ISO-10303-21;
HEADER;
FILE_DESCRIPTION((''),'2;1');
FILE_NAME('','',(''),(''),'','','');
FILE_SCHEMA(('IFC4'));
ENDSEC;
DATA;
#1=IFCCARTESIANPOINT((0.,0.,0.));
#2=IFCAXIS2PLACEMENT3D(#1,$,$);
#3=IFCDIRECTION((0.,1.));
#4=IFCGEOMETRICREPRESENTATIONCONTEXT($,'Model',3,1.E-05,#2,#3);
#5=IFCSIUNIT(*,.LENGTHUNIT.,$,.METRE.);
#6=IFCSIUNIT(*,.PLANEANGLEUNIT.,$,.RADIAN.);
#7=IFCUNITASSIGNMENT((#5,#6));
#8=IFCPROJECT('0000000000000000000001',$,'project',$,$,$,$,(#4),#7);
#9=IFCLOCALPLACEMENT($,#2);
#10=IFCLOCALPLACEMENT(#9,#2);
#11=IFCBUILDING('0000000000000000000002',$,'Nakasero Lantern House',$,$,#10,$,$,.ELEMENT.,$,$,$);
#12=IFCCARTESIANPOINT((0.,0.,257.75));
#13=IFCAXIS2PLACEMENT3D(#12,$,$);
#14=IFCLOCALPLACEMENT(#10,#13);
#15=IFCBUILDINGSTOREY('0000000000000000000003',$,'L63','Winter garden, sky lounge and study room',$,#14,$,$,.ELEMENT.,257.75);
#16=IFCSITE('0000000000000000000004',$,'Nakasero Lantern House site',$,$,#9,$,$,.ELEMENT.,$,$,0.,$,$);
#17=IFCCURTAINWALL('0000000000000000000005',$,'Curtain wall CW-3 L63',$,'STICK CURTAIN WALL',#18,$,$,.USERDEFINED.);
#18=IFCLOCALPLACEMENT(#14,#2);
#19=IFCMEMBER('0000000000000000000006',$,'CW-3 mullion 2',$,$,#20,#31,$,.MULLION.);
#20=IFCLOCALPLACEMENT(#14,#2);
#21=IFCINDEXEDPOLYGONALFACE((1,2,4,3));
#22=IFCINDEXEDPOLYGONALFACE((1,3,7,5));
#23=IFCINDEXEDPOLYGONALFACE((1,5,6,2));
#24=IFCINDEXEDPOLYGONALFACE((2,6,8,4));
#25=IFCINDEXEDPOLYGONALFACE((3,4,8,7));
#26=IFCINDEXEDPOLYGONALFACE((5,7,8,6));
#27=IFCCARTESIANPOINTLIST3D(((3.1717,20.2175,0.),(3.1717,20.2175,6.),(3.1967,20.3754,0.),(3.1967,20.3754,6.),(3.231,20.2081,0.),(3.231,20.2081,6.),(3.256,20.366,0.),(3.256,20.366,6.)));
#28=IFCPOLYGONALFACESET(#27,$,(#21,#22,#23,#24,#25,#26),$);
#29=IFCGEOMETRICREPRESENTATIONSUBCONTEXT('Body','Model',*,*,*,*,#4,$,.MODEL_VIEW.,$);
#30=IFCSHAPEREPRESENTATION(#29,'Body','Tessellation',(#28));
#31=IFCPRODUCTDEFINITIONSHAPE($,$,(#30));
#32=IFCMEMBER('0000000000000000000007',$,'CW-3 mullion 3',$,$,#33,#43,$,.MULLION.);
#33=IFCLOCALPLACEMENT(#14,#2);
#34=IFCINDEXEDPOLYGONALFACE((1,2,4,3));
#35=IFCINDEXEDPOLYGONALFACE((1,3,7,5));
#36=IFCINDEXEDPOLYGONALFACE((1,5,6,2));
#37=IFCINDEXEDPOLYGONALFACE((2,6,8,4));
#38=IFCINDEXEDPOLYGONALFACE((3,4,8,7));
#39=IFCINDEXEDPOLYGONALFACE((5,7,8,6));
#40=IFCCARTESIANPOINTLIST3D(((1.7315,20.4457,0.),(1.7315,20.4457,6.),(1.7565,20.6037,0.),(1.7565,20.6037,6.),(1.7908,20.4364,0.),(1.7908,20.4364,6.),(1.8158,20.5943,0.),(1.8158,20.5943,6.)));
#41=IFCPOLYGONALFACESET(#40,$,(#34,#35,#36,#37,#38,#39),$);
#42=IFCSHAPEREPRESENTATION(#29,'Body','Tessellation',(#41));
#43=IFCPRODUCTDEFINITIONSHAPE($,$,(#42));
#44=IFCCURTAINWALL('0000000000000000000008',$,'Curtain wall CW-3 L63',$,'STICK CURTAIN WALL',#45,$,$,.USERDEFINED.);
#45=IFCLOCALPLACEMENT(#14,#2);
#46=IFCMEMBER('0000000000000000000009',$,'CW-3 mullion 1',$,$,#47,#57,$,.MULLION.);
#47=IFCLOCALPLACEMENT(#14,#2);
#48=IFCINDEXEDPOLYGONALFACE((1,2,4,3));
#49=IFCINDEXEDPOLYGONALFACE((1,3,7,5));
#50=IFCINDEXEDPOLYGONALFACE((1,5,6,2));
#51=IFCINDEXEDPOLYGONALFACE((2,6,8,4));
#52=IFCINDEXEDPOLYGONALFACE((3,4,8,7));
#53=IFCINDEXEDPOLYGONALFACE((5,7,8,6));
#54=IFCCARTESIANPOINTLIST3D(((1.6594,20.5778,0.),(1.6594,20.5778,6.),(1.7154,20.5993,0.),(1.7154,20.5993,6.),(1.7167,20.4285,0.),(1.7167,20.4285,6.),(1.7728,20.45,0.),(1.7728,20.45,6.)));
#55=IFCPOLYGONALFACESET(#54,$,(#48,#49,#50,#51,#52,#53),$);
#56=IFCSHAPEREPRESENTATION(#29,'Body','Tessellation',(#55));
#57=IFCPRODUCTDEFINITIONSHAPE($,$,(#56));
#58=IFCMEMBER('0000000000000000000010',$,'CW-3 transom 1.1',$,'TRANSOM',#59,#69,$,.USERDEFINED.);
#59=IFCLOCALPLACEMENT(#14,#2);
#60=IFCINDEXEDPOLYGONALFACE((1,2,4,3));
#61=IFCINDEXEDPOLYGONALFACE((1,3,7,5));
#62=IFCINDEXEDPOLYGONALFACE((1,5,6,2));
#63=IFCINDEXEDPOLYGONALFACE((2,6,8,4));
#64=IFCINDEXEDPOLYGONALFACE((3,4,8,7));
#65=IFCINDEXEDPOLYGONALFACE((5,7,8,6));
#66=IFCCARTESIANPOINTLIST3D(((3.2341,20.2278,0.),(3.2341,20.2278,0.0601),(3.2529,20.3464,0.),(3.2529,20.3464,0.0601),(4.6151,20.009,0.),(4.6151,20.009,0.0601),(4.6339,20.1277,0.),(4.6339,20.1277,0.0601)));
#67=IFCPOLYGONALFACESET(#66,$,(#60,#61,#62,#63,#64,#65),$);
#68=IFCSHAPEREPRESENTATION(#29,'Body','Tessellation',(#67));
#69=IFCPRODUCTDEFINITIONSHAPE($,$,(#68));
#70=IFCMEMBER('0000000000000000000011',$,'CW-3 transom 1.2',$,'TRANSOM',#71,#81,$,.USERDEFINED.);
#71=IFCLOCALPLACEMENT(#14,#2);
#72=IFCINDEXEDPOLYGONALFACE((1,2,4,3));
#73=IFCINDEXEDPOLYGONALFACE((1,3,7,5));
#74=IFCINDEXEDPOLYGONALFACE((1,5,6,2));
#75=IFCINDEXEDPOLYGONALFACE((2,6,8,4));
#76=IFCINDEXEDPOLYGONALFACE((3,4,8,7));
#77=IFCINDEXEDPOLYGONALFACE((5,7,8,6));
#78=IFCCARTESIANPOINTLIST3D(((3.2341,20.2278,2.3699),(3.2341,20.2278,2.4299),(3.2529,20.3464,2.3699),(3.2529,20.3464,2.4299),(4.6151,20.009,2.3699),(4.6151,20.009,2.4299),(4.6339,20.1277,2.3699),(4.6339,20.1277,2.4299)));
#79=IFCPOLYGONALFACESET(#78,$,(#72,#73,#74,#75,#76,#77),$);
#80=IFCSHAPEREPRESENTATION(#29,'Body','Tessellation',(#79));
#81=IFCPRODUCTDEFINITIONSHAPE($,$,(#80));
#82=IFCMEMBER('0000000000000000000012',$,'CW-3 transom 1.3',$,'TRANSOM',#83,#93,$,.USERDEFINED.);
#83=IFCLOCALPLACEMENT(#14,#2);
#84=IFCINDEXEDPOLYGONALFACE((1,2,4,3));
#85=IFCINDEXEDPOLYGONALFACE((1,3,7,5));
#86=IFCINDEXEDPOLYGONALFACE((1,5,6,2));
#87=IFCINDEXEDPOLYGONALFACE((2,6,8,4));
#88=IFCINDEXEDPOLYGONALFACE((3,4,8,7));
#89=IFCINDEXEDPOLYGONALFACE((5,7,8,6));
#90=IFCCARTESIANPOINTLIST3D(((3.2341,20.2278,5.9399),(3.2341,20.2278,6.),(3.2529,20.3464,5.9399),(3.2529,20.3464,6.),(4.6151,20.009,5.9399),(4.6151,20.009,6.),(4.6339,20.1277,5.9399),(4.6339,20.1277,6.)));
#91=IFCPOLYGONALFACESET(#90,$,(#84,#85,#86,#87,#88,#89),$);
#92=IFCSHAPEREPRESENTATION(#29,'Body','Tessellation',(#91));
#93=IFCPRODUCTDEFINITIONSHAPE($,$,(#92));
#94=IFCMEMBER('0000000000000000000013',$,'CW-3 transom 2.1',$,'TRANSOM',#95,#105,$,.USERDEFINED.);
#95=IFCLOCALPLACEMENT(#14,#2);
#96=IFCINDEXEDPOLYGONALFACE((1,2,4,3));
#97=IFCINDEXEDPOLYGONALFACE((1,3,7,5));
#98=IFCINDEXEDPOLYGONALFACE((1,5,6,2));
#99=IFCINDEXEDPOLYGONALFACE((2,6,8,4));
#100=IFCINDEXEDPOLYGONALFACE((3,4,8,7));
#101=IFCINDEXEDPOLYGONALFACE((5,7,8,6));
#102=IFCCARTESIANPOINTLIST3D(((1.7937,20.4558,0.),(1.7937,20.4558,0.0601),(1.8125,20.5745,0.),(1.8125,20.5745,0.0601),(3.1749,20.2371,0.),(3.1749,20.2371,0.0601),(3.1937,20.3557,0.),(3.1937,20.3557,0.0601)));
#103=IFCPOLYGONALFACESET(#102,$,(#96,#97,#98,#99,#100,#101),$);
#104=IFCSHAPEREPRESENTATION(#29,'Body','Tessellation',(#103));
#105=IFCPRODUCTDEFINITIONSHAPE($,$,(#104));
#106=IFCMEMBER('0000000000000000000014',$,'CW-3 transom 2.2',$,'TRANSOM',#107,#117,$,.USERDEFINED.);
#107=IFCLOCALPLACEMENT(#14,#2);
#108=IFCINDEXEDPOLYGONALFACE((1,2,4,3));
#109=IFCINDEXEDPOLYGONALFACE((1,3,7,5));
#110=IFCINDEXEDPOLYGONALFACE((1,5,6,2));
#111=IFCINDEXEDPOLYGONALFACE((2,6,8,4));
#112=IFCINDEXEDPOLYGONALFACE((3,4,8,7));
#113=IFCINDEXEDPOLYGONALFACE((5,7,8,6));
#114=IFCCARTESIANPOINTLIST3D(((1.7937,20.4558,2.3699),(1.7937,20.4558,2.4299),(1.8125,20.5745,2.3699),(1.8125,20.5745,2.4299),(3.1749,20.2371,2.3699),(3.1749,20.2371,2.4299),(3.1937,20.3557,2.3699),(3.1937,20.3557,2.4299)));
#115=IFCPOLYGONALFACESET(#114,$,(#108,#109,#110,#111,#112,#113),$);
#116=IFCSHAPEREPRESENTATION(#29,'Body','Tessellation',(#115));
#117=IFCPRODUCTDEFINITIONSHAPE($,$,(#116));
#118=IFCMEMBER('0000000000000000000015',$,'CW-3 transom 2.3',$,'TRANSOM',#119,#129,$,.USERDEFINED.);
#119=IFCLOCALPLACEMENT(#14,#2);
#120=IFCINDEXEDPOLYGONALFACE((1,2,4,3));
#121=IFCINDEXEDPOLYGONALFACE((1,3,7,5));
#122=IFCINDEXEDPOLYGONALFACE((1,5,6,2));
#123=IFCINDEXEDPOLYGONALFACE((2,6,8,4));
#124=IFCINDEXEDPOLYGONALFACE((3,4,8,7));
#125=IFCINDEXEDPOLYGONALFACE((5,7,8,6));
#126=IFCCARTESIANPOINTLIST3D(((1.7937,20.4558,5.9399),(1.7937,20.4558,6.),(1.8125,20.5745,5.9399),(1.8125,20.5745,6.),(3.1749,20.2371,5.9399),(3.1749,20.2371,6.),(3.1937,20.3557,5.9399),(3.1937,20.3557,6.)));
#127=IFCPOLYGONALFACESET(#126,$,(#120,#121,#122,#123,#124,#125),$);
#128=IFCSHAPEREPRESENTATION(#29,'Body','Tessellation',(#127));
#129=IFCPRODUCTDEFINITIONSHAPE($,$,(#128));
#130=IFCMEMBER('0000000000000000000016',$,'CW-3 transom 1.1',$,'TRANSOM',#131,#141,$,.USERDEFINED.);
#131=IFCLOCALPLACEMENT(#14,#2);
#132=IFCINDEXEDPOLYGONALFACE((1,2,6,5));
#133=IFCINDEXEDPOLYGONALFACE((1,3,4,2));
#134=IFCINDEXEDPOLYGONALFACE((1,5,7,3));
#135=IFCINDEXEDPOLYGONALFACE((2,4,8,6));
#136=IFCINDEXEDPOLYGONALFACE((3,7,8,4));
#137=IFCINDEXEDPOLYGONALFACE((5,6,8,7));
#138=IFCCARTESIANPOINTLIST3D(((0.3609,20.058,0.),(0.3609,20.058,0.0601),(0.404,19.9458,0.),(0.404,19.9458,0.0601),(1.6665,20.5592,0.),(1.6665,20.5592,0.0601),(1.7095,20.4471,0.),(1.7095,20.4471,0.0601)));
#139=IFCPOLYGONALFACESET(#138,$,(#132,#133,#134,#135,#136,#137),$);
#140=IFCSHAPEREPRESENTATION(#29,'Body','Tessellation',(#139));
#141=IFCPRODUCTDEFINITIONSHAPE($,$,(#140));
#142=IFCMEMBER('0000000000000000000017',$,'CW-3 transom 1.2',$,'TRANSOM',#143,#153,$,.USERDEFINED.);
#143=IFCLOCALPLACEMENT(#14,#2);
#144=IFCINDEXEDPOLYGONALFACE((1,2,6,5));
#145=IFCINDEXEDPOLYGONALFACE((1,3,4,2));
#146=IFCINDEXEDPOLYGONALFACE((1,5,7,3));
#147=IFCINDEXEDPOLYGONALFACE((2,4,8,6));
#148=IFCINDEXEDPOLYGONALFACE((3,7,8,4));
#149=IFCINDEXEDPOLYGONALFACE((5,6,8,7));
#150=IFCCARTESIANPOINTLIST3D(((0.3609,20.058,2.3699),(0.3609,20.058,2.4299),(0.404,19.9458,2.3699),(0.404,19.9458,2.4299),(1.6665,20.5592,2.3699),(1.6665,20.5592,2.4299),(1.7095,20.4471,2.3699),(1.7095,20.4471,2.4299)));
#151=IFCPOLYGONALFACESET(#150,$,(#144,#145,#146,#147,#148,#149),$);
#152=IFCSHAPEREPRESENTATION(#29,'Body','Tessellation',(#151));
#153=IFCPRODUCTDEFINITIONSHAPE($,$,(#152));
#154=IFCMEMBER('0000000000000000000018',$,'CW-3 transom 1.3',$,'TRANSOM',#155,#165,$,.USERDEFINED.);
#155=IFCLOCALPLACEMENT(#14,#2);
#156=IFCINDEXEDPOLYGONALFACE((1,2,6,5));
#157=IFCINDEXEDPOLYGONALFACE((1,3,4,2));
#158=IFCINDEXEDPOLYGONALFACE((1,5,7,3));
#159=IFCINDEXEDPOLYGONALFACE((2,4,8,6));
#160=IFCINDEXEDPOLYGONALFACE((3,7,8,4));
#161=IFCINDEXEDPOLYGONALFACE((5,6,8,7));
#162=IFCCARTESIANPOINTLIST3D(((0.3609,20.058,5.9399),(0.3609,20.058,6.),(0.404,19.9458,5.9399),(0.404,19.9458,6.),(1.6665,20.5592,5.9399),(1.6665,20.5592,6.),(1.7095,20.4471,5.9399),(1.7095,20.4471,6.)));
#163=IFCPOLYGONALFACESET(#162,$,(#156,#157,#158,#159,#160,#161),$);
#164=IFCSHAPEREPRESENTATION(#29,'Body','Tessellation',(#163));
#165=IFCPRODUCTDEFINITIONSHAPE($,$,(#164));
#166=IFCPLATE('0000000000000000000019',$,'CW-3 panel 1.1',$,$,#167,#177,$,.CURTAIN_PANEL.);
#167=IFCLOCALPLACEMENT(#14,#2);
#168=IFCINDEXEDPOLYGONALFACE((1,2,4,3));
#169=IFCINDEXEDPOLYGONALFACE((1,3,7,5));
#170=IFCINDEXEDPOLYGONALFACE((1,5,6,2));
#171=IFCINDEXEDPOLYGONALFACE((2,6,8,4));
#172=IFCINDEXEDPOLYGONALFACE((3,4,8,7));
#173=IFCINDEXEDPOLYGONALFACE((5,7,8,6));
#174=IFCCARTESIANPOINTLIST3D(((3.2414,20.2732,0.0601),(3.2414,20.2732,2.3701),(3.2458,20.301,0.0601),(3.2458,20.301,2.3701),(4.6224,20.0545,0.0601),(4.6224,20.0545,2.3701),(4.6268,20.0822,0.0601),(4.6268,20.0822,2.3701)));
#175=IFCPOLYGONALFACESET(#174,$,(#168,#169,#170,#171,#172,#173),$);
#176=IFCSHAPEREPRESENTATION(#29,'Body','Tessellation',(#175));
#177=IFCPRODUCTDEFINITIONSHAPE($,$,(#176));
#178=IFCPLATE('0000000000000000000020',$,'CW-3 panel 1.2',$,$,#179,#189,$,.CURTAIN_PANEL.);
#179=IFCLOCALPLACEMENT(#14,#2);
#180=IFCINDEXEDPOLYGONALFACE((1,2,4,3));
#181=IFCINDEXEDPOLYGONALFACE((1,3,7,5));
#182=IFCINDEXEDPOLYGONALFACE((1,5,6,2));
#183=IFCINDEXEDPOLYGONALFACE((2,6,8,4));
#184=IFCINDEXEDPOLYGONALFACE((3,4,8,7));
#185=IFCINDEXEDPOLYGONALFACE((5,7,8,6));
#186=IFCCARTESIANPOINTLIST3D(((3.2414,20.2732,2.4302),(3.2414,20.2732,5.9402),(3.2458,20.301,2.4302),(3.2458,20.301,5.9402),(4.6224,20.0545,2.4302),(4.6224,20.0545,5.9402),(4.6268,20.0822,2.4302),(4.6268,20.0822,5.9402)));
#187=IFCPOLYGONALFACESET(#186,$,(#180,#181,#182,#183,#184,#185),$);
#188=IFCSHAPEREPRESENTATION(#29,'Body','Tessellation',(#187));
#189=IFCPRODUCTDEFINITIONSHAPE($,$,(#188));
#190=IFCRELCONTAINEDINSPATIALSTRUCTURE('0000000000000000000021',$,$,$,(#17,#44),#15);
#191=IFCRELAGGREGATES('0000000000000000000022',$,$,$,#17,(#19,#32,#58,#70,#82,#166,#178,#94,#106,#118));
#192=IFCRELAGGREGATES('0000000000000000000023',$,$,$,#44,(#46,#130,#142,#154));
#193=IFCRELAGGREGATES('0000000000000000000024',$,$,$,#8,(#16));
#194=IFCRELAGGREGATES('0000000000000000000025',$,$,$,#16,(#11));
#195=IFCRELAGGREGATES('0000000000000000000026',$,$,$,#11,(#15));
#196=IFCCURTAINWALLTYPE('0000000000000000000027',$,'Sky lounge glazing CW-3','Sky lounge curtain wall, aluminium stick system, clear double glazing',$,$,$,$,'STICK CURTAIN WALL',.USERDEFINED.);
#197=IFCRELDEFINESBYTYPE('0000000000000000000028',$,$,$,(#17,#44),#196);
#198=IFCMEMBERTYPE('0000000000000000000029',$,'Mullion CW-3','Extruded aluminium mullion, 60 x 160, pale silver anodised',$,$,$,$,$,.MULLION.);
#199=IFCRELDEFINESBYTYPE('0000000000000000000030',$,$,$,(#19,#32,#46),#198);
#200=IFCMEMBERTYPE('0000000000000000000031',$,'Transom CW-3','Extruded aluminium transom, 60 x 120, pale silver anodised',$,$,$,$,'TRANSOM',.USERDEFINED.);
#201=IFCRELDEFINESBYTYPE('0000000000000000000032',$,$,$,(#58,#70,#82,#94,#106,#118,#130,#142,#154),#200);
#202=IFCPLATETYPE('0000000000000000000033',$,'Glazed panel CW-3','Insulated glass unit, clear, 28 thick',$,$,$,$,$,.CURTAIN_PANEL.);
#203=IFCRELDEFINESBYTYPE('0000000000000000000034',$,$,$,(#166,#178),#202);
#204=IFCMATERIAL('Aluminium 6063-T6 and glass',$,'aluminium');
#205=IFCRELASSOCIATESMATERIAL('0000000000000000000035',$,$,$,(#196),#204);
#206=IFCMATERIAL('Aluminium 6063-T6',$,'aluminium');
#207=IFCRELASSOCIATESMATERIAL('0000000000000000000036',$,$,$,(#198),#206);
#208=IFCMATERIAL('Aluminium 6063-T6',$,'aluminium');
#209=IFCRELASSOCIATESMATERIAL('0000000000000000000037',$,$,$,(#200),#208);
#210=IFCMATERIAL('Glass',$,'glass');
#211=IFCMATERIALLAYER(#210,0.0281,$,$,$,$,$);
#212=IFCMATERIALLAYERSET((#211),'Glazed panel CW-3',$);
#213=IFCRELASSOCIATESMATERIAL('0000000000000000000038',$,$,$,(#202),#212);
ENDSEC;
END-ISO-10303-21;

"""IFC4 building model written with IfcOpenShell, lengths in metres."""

from ifc_helpers import new_model, si_unit, direction, frame, origin, origin_2d, place, context, subcontext, project, spatial, rectangle, extrude, material, layer, layer_set, material_profile, profile_set, type_object, element, aggregate, save


model = new_model("IFC4")

# Units and contexts
model_context = context("Model", 3, precision=1e-05, world=origin(), true_north=direction((0.0, 1.0)))
body_context = subcontext(model_context, "Body", "Model", "MODEL_VIEW")
ifc_project = project(units=[si_unit("LENGTHUNIT", "METRE"), si_unit("PLANEANGLEUNIT", "RADIAN")], contexts=[model_context])

# Site, building, storey
site_placement = place(None, origin())
site = spatial("IfcSite", under=ifc_project, at=site_placement, Name="Nakasero Lantern House site", CompositionType="ELEMENT", RefElevation=0.0)
building_placement = place(site_placement, origin())
building = spatial("IfcBuilding", under=site, at=building_placement, Name="Nakasero Lantern House", CompositionType="ELEMENT")
storey_placement = place(building_placement, frame((0.0, 0.0, 257.75)))
storey = spatial("IfcBuildingStorey", under=building, at=storey_placement, Name="L63", Description="Winter garden, sky lounge and study room", CompositionType="ELEMENT", Elevation=257.75)

# Curtain wall, members
ifc_material_1 = material(Name="Aluminium 6063-T6 and glass", Category="aluminium")
curtain_wall_type = type_object("IfcCurtainWallType", Name="Sky lounge glazing CW-3", Description="Sky lounge curtain wall, aluminium stick system, clear double glazing", ElementType="STICK CURTAIN WALL", PredefinedType="USERDEFINED", material=ifc_material_1)
curtain_wall_1_placement = place(storey_placement, origin())
curtain_wall_1 = element("IfcCurtainWall", 1, at=curtain_wall_1_placement, inside=storey, type_object=curtain_wall_type, Name="Curtain wall CW-3 L63", ObjectType="STICK CURTAIN WALL", PredefinedType="USERDEFINED")
ifc_material_2 = material(Name="Aluminium 6063-T6", Category="aluminium")
ifc_material_profile_1 = material_profile(ifc_material_2, rectangle(XDim=0.0601, YDim=0.1599, at=origin_2d()), Name="CW-3 mullion 60x160")
ifc_profile_set_1 = profile_set([ifc_material_profile_1], Name="Aluminium 6063-T6")
member_type_1 = type_object("IfcMemberType", Name="Mullion CW-3", Description="Extruded aluminium mullion, 60 x 160, pale silver anodised", PredefinedType="MULLION", material=ifc_profile_set_1)
member_1_placement = place(storey_placement, frame((3.2139, 20.2917, 0.0), z_axis=(0.0, 0.0, 1.0), x_axis=(-0.987688, 0.156434, 0.0)))
member_1 = element("IfcMember", 2, at=member_1_placement, type_object=member_type_1, Name="CW-3 mullion 2", PredefinedType="MULLION", context=body_context, shape_type="SweptSolid", body=[
    extrude(rectangle(XDim=0.0601, YDim=0.1599, at=origin_2d()), origin(), (0.0, 0.0, 1.0), 6.0),
])
member_2_placement = place(storey_placement, frame((1.7737, 20.52, 0.0), z_axis=(0.0, 0.0, 1.0), x_axis=(-0.987688, 0.156434, 0.0)))
member_2 = element("IfcMember", 3, at=member_2_placement, type_object=member_type_1, Name="CW-3 mullion 3", PredefinedType="MULLION", context=body_context, shape_type="SweptSolid", body=[
    extrude(rectangle(XDim=0.0601, YDim=0.1599, at=origin_2d()), origin(), (0.0, 0.0, 1.0), 6.0),
])

# Curtain wall, member
curtain_wall_2_placement = place(storey_placement, origin())
curtain_wall_2 = element("IfcCurtainWall", 4, at=curtain_wall_2_placement, inside=storey, type_object=curtain_wall_type, Name="Curtain wall CW-3 L63", ObjectType="STICK CURTAIN WALL", PredefinedType="USERDEFINED")
member_3_placement = place(storey_placement, frame((1.7161, 20.5139, 0.0), z_axis=(0.0, 0.0, 1.0), x_axis=(-0.93358, -0.358368, 0.0)))
member_3 = element("IfcMember", 5, at=member_3_placement, type_object=member_type_1, Name="CW-3 mullion 1", PredefinedType="MULLION", context=body_context, shape_type="SweptSolid", body=[
    extrude(rectangle(XDim=0.0601, YDim=0.1599, at=origin_2d()), origin(), (0.0, 0.0, 1.0), 6.0),
])

# Members
ifc_material_3 = material(Name="Aluminium 6063-T6", Category="aluminium")
ifc_material_profile_2 = material_profile(ifc_material_3, rectangle(XDim=0.0601, YDim=0.1201, at=origin_2d()), Name="CW-3 transom 60x120")
ifc_profile_set_2 = profile_set([ifc_material_profile_2], Name="Aluminium 6063-T6")
member_type_2 = type_object("IfcMemberType", Name="Transom CW-3", Description="Extruded aluminium transom, 60 x 120, pale silver anodised", ElementType="TRANSOM", PredefinedType="USERDEFINED", material=ifc_profile_set_2)
member_4_placement = place(storey_placement, frame((4.6245, 20.0684, 0.03), z_axis=(-0.987684, 0.156465, 0.0), x_axis=(0.0, 0.0, 1.0)))
member_4 = element("IfcMember", 6, at=member_4_placement, type_object=member_type_2, Name="CW-3 transom 1.1", ObjectType="TRANSOM", PredefinedType="USERDEFINED", context=body_context, shape_type="SweptSolid", body=[
    extrude(rectangle(XDim=0.0601, YDim=0.1201, at=origin_2d()), origin(), (0.0, 0.0, 1.0), 1.3982),
])
member_5_placement = place(storey_placement, frame((4.6245, 20.0684, 2.3999), z_axis=(-0.987684, 0.156465, 0.0), x_axis=(0.0, 0.0, 1.0)))
member_5 = element("IfcMember", 7, at=member_5_placement, type_object=member_type_2, Name="CW-3 transom 1.2", ObjectType="TRANSOM", PredefinedType="USERDEFINED", context=body_context, shape_type="SweptSolid", body=[
    extrude(rectangle(XDim=0.0601, YDim=0.1201, at=origin_2d()), origin(), (0.0, 0.0, 1.0), 1.3982),
])
member_6_placement = place(storey_placement, frame((4.6245, 20.0684, 5.97), z_axis=(-0.987684, 0.156465, 0.0), x_axis=(0.0, 0.0, 1.0)))
member_6 = element("IfcMember", 8, at=member_6_placement, type_object=member_type_2, Name="CW-3 transom 1.3", ObjectType="TRANSOM", PredefinedType="USERDEFINED", context=body_context, shape_type="SweptSolid", body=[
    extrude(rectangle(XDim=0.0601, YDim=0.1201, at=origin_2d()), origin(), (0.0, 0.0, 1.0), 1.3982),
])
member_7_placement = place(storey_placement, frame((3.1843, 20.2964, 0.03), z_axis=(-0.987688, 0.156438, 0.0), x_axis=(0.0, 0.0, 1.0)))
member_7 = element("IfcMember", 9, at=member_7_placement, type_object=member_type_2, Name="CW-3 transom 2.1", ObjectType="TRANSOM", PredefinedType="USERDEFINED", context=body_context, shape_type="SweptSolid", body=[
    extrude(rectangle(XDim=0.0601, YDim=0.1201, at=origin_2d()), origin(), (0.0, 0.0, 1.0), 1.3984),
])
member_8_placement = place(storey_placement, frame((3.1843, 20.2964, 2.3999), z_axis=(-0.987688, 0.156438, 0.0), x_axis=(0.0, 0.0, 1.0)))
member_8 = element("IfcMember", 10, at=member_8_placement, type_object=member_type_2, Name="CW-3 transom 2.2", ObjectType="TRANSOM", PredefinedType="USERDEFINED", context=body_context, shape_type="SweptSolid", body=[
    extrude(rectangle(XDim=0.0601, YDim=0.1201, at=origin_2d()), origin(), (0.0, 0.0, 1.0), 1.3984),
])
member_9_placement = place(storey_placement, frame((3.1843, 20.2964, 5.97), z_axis=(-0.987688, 0.156438, 0.0), x_axis=(0.0, 0.0, 1.0)))
member_9 = element("IfcMember", 11, at=member_9_placement, type_object=member_type_2, Name="CW-3 transom 2.3", ObjectType="TRANSOM", PredefinedType="USERDEFINED", context=body_context, shape_type="SweptSolid", body=[
    extrude(rectangle(XDim=0.0601, YDim=0.1201, at=origin_2d()), origin(), (0.0, 0.0, 1.0), 1.3984),
])
member_10_placement = place(storey_placement, frame((1.688, 20.5032, 0.03), z_axis=(-0.933552, -0.358441, 0.0), x_axis=(0.0, 0.0, 1.0)))
member_10 = element("IfcMember", 12, at=member_10_placement, type_object=member_type_2, Name="CW-3 transom 1.1", ObjectType="TRANSOM", PredefinedType="USERDEFINED", context=body_context, shape_type="SweptSolid", body=[
    extrude(rectangle(XDim=0.0601, YDim=0.1201, at=origin_2d()), origin(), (0.0, 0.0, 1.0), 1.3984),
])
member_11_placement = place(storey_placement, frame((1.688, 20.5032, 2.3999), z_axis=(-0.933552, -0.358441, 0.0), x_axis=(0.0, 0.0, 1.0)))
member_11 = element("IfcMember", 13, at=member_11_placement, type_object=member_type_2, Name="CW-3 transom 1.2", ObjectType="TRANSOM", PredefinedType="USERDEFINED", context=body_context, shape_type="SweptSolid", body=[
    extrude(rectangle(XDim=0.0601, YDim=0.1201, at=origin_2d()), origin(), (0.0, 0.0, 1.0), 1.3984),
])
member_12_placement = place(storey_placement, frame((1.688, 20.5032, 5.97), z_axis=(-0.933552, -0.358441, 0.0), x_axis=(0.0, 0.0, 1.0)))
member_12 = element("IfcMember", 14, at=member_12_placement, type_object=member_type_2, Name="CW-3 transom 1.3", ObjectType="TRANSOM", PredefinedType="USERDEFINED", context=body_context, shape_type="SweptSolid", body=[
    extrude(rectangle(XDim=0.0601, YDim=0.1201, at=origin_2d()), origin(), (0.0, 0.0, 1.0), 1.3984),
])

# Plates
ifc_material_4 = material(Name="Glass", Category="glass")
ifc_layer_1 = layer(ifc_material_4, 0.0281)
ifc_layer_set_1 = layer_set([ifc_layer_1], Name="Glazed panel CW-3")
plate_type = type_object("IfcPlateType", Name="Glazed panel CW-3", Description="Insulated glass unit, clear, 28 thick", PredefinedType="CURTAIN_PANEL", material=ifc_layer_set_1)
plate_1_placement = place(storey_placement, frame((3.9341, 20.1777, 0.0601), z_axis=(0.0, 0.0, 1.0), x_axis=(-0.987688, 0.156434, 0.0)))
plate_1 = element("IfcPlate", 15, at=plate_1_placement, type_object=plate_type, Name="CW-3 panel 1.1", PredefinedType="CURTAIN_PANEL", context=body_context, shape_type="SweptSolid", body=[
    extrude(rectangle(XDim=1.3982, YDim=0.0281, at=origin_2d()), origin(), (0.0, 0.0, 1.0), 2.3101),
])
plate_2_placement = place(storey_placement, frame((3.9341, 20.1777, 2.4302), z_axis=(0.0, 0.0, 1.0), x_axis=(-0.987688, 0.156434, 0.0)))
plate_2 = element("IfcPlate", 16, at=plate_2_placement, type_object=plate_type, Name="CW-3 panel 1.2", PredefinedType="CURTAIN_PANEL", context=body_context, shape_type="SweptSolid", body=[
    extrude(rectangle(XDim=1.3982, YDim=0.0281, at=origin_2d()), origin(), (0.0, 0.0, 1.0), 3.51),
])
aggregate(curtain_wall_1, [member_1, member_2, member_4, member_5, member_6, plate_1, plate_2, member_7, member_8, member_9])
aggregate(curtain_wall_2, [member_3, member_10, member_11, member_12])

save(model, "model.ifc")
